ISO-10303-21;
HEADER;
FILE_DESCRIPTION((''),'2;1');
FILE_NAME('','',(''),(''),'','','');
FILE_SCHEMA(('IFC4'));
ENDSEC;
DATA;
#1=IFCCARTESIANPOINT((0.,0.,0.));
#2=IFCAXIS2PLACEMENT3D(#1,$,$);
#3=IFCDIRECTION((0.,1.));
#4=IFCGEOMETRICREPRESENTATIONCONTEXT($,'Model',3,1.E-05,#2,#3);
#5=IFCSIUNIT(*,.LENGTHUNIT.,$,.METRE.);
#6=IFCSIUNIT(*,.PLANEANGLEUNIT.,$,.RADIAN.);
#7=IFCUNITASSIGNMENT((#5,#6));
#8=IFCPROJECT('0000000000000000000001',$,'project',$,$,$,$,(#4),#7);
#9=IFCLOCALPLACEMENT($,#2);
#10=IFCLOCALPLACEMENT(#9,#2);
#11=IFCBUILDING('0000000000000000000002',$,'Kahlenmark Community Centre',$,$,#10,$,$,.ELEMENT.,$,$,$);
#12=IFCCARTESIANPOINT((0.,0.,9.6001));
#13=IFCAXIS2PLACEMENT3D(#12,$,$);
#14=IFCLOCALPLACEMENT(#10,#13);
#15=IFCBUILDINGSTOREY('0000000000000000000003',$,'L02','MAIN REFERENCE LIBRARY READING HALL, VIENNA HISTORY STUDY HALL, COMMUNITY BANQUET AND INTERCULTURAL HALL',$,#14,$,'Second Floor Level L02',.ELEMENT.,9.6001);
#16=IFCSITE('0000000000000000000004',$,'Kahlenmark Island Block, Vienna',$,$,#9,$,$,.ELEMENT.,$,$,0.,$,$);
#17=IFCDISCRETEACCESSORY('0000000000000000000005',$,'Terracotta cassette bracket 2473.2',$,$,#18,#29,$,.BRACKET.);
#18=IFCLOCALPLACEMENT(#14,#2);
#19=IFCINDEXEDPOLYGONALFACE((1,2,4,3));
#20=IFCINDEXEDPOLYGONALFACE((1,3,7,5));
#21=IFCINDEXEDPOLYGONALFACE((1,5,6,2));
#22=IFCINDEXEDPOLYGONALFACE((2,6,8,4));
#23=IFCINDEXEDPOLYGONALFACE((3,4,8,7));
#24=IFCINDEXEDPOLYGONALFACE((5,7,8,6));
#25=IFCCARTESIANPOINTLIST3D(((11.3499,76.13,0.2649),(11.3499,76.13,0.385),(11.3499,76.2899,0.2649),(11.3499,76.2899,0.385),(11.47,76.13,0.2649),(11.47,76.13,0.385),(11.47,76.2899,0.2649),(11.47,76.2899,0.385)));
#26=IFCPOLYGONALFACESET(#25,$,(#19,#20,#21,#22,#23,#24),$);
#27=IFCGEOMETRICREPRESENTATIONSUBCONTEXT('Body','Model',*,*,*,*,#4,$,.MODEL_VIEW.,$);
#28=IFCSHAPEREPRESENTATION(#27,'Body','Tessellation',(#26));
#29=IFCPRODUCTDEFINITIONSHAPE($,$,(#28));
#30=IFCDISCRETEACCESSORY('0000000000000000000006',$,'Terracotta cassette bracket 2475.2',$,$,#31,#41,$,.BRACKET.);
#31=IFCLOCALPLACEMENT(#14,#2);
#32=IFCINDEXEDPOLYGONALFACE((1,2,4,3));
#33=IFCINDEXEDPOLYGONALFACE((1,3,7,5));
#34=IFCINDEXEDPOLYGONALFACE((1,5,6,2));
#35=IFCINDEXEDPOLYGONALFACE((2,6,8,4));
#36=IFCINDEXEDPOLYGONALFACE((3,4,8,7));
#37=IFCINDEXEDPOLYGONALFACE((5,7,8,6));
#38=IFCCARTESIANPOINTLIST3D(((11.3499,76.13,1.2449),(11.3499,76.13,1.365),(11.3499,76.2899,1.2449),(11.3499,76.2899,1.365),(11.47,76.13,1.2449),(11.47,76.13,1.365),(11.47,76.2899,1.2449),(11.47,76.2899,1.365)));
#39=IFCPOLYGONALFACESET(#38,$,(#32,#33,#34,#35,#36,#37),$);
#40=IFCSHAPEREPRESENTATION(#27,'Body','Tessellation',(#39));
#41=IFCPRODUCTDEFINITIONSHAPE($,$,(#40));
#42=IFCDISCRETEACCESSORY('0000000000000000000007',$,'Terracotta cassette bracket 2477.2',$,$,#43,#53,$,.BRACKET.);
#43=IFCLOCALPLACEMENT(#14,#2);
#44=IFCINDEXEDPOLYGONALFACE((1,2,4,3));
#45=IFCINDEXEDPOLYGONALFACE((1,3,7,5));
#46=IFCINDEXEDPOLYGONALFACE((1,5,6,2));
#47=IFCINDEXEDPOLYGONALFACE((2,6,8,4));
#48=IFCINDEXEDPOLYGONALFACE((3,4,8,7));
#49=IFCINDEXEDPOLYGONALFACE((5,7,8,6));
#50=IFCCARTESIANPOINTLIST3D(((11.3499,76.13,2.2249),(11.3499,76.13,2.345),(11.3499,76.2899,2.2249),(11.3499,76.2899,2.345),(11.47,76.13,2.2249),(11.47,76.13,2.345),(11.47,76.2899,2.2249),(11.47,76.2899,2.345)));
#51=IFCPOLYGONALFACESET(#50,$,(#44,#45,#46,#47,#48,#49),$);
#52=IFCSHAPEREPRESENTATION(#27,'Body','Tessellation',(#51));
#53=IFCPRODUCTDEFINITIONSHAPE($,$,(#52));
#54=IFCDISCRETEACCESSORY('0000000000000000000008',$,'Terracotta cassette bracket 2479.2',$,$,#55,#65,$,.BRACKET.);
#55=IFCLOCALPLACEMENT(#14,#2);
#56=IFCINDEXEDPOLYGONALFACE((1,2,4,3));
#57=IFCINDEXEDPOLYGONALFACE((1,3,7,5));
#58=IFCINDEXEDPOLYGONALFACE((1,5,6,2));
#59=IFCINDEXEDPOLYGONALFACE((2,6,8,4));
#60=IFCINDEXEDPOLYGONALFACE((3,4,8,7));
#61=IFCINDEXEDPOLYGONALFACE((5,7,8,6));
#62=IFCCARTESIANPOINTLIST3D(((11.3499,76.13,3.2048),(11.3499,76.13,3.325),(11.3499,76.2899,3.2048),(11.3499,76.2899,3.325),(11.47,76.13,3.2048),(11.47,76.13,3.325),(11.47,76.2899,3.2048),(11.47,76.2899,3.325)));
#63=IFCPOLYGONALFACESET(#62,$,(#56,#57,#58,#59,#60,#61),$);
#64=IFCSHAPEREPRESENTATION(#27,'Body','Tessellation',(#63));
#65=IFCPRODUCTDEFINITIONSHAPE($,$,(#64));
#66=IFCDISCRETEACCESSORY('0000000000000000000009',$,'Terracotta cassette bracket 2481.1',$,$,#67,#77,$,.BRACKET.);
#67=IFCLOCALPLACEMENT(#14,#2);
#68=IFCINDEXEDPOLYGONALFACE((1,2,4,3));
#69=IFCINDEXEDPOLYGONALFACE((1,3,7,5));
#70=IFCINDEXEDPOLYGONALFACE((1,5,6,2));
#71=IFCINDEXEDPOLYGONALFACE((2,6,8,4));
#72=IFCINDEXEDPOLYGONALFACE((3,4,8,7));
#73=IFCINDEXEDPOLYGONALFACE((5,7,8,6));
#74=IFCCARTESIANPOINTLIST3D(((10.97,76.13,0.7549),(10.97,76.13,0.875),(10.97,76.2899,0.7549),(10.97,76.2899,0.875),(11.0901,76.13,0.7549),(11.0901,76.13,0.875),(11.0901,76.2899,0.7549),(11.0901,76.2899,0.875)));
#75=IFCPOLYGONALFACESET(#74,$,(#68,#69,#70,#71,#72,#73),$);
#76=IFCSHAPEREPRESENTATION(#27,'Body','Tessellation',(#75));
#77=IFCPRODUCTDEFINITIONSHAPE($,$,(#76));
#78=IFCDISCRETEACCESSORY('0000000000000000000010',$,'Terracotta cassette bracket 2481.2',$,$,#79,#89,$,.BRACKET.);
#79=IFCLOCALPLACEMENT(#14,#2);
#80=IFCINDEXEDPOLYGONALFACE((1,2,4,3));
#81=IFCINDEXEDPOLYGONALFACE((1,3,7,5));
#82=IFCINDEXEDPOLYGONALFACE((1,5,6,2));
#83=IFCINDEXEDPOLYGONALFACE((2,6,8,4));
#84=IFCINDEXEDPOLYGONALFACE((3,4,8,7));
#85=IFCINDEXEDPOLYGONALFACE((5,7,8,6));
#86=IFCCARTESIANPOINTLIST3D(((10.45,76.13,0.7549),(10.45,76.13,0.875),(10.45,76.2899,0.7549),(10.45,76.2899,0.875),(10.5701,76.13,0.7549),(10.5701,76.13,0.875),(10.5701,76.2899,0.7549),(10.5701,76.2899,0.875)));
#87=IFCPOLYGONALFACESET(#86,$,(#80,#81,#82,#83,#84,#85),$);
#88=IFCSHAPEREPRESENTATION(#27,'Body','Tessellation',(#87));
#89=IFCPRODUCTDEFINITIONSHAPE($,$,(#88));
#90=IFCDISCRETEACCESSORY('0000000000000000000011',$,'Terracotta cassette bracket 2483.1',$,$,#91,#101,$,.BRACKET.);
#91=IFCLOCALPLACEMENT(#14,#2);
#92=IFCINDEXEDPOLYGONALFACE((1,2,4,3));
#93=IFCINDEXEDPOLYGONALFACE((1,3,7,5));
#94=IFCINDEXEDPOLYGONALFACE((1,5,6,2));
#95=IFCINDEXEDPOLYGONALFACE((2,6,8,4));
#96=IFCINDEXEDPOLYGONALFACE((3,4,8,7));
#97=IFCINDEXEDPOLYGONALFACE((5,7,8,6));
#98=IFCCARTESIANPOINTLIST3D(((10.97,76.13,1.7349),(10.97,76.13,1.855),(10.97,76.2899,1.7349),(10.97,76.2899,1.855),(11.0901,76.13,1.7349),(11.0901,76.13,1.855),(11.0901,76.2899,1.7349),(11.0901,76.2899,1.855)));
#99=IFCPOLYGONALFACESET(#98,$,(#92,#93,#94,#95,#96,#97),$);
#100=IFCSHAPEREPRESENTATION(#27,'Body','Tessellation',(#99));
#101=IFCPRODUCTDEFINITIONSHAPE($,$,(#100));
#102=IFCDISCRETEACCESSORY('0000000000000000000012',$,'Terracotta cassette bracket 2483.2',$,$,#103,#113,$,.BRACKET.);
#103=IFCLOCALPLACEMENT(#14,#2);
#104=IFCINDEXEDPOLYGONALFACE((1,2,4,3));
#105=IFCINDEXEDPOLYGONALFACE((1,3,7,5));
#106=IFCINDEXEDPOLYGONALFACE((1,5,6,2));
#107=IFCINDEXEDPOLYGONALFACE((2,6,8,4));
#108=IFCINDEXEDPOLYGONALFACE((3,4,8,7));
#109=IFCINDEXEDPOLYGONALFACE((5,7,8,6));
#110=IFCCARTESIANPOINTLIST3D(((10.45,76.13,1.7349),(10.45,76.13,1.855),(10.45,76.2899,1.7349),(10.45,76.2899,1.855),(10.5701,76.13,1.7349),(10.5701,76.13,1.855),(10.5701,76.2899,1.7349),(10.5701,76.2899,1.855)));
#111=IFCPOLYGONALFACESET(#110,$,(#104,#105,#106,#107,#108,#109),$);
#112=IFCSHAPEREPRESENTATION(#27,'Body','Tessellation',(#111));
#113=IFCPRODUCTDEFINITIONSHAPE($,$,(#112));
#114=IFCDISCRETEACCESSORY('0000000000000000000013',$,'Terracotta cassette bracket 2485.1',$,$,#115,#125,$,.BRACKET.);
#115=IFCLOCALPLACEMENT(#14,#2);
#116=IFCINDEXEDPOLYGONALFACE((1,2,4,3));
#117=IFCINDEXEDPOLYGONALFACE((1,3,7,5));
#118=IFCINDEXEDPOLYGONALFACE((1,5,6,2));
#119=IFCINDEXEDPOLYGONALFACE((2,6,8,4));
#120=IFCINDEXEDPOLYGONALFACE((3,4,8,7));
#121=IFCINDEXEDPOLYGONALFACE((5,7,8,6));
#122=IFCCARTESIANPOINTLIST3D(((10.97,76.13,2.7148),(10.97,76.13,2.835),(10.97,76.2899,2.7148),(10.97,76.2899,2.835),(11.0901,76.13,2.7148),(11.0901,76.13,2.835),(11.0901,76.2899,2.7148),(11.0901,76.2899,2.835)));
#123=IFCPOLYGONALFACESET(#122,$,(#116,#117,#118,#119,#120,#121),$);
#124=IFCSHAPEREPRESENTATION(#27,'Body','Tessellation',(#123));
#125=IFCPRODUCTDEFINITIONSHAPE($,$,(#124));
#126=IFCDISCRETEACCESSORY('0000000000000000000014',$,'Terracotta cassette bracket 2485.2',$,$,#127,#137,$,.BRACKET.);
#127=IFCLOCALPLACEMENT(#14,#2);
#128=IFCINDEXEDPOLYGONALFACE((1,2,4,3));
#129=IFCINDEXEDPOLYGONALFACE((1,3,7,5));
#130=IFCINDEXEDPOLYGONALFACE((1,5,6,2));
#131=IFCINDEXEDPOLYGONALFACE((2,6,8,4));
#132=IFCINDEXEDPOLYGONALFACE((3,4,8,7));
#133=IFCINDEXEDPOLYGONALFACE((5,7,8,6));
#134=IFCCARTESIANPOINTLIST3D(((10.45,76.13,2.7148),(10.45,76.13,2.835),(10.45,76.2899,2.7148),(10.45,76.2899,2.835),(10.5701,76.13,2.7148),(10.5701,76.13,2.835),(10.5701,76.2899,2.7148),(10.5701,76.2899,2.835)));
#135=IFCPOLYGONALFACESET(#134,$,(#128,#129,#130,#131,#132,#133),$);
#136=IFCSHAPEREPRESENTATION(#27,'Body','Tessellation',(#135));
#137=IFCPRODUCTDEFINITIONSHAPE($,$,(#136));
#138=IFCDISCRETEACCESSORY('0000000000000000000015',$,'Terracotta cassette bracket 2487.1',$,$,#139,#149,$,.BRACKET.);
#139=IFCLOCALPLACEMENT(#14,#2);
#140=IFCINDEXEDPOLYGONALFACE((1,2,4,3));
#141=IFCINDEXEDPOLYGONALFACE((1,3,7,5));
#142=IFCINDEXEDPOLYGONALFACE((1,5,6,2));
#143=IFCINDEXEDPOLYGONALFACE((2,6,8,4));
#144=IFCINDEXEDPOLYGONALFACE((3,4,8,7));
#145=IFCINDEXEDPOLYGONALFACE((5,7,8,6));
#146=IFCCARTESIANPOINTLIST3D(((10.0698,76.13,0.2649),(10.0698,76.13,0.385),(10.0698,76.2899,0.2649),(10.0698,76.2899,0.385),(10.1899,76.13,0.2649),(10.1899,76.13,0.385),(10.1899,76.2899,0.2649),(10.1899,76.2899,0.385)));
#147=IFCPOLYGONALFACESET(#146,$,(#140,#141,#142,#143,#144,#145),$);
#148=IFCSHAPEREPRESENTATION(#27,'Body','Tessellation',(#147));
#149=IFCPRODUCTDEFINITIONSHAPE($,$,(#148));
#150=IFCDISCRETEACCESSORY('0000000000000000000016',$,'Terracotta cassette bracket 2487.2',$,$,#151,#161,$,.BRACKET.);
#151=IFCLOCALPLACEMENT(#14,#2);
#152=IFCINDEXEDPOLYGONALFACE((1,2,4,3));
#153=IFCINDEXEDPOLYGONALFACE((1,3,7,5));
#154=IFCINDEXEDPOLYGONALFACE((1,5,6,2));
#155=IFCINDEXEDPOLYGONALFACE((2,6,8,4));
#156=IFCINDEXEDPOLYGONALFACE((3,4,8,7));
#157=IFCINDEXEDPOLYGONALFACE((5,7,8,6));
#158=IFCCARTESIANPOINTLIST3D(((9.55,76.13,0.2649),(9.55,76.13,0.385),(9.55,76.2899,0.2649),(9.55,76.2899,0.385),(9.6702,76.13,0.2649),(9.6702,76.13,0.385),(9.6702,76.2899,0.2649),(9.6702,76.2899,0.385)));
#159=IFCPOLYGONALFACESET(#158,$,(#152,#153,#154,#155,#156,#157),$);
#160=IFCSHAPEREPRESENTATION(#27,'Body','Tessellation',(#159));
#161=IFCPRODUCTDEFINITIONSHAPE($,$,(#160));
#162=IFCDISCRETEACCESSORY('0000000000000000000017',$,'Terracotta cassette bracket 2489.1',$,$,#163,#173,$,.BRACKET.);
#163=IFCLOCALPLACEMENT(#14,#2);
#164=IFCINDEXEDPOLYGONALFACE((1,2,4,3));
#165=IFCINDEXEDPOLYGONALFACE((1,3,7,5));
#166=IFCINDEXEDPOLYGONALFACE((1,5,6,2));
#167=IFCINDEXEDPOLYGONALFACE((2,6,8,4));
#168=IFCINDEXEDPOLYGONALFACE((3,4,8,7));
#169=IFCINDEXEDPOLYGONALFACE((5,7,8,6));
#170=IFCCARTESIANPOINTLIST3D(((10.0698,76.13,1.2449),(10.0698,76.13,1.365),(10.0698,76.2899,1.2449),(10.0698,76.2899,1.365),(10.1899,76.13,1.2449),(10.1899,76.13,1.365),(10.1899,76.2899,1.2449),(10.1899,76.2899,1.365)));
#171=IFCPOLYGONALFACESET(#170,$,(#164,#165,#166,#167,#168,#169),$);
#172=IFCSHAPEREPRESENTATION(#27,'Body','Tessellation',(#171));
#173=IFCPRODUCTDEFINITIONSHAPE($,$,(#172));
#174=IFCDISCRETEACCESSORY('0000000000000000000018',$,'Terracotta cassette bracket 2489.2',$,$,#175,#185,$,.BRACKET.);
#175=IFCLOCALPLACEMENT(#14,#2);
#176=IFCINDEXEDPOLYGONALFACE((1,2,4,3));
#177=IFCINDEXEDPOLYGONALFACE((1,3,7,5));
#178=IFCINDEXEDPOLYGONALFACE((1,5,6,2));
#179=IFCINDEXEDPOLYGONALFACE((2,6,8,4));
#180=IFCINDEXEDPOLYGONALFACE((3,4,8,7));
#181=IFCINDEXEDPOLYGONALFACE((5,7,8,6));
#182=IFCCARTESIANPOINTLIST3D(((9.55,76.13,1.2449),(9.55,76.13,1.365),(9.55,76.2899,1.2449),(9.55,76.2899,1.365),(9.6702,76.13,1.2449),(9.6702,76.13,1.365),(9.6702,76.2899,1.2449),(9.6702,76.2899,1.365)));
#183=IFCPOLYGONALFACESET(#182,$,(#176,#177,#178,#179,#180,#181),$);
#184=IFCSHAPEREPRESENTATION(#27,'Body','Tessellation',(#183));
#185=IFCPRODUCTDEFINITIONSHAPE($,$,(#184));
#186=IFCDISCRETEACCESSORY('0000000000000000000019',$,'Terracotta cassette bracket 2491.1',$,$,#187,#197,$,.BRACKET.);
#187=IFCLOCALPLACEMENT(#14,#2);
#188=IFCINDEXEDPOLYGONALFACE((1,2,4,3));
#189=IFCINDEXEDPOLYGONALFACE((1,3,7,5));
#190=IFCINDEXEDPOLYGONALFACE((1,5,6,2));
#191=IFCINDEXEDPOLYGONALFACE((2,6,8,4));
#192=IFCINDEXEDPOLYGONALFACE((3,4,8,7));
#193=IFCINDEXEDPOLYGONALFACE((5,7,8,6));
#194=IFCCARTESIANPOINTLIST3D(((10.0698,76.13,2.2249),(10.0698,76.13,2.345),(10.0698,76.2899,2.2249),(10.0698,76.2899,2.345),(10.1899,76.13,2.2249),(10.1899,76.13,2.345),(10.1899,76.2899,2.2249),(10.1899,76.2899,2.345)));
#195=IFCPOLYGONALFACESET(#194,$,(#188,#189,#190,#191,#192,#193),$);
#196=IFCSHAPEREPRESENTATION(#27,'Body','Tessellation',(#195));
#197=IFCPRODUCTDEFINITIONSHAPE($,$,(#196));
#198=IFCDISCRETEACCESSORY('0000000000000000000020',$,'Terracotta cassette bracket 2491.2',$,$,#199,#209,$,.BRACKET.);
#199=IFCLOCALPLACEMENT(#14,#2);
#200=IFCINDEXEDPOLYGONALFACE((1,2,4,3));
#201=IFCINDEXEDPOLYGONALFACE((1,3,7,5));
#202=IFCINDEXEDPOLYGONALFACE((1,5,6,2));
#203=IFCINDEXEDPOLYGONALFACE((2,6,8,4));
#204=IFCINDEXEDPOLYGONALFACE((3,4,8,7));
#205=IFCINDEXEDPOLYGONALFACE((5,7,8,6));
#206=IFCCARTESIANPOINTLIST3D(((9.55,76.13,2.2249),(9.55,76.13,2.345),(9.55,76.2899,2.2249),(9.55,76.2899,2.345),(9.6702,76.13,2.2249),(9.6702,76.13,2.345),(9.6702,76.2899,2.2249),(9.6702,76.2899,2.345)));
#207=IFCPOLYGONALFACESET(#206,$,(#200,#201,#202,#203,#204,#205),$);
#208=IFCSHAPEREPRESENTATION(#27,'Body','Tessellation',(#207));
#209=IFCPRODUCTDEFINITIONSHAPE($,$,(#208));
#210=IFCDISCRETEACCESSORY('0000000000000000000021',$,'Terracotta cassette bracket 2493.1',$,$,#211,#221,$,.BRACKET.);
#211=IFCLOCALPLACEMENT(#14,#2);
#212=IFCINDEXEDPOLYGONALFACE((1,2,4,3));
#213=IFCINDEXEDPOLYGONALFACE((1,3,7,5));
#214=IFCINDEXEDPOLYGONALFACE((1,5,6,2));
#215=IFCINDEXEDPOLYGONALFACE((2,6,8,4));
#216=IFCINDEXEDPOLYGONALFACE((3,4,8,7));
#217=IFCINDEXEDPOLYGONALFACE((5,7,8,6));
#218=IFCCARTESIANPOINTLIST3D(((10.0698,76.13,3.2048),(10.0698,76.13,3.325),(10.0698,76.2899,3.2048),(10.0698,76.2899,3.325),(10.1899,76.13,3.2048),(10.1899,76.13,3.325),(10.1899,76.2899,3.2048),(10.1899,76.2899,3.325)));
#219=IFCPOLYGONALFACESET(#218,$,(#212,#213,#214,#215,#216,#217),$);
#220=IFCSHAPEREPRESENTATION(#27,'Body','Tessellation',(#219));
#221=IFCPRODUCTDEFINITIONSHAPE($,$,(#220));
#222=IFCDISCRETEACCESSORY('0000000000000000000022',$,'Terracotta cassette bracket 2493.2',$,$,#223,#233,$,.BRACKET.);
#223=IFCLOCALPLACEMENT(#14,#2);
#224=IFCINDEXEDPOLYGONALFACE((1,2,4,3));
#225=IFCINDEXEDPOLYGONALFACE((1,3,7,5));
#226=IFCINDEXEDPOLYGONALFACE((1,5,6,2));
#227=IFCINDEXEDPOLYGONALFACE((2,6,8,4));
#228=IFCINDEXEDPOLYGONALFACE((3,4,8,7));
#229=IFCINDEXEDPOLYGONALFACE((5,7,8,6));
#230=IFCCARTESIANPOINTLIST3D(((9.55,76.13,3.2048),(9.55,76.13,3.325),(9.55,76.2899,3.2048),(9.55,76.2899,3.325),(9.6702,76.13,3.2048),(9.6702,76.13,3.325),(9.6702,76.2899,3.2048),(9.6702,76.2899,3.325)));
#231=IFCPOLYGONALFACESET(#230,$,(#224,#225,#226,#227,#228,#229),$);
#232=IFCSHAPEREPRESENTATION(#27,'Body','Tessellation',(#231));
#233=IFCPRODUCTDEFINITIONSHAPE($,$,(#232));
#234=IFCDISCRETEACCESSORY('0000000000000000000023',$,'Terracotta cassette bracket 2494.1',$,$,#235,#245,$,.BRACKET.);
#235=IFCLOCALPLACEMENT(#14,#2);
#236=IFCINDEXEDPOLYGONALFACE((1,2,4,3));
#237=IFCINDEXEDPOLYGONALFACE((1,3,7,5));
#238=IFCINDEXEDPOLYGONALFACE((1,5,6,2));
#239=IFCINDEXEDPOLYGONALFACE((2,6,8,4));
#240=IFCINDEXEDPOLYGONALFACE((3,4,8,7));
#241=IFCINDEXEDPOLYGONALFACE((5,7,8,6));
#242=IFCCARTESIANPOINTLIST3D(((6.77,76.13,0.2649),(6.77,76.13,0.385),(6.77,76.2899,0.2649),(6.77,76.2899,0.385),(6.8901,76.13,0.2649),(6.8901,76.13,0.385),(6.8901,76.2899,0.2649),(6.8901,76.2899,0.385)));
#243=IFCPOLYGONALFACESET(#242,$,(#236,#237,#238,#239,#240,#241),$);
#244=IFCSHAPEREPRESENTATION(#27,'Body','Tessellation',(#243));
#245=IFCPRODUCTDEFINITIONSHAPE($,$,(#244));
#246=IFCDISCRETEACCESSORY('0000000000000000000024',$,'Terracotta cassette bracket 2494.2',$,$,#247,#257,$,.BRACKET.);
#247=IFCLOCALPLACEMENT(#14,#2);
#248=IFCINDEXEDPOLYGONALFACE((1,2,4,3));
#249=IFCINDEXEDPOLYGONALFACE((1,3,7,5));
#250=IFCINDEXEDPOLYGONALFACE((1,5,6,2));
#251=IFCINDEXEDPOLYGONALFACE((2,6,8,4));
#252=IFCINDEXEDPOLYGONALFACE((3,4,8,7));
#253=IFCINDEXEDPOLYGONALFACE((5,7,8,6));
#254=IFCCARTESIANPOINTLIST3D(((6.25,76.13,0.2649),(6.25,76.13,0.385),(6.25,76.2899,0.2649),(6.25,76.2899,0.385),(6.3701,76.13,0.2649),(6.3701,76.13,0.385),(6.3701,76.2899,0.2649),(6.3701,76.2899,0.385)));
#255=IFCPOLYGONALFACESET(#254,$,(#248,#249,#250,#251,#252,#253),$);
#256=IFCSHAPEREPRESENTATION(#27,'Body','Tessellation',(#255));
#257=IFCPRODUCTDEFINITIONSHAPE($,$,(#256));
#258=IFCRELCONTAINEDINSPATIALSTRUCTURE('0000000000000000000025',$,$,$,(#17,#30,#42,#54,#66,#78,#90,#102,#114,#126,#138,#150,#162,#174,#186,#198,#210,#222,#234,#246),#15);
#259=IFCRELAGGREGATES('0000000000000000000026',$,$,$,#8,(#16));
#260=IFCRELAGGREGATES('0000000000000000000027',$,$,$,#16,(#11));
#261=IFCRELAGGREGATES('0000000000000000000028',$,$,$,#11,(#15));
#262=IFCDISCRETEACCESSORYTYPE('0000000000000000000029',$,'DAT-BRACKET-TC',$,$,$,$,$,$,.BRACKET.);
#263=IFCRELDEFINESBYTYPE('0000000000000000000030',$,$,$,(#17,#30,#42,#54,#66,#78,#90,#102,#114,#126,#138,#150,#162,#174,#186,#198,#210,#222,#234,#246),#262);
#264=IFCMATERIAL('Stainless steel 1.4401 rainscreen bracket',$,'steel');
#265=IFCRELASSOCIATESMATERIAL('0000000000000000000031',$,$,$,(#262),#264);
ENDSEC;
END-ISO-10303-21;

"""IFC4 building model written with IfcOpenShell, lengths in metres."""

from ifc_helpers import new_model, si_unit, direction, frame, origin, origin_2d, place, context, subcontext, project, spatial, rectangle, extrude, material, type_object, element, save


model = new_model("IFC4")

# Units and contexts
model_context = context("Model", 3, precision=1e-05, world=origin(), true_north=direction((0.0, 1.0)))
body_context = subcontext(model_context, "Body", "Model", "MODEL_VIEW")
ifc_project = project(units=[si_unit("LENGTHUNIT", "METRE"), si_unit("PLANEANGLEUNIT", "RADIAN")], contexts=[model_context])

# Site, building, storey
site_placement = place(None, origin())
site = spatial("IfcSite", under=ifc_project, at=site_placement, Name="Kahlenmark Island Block, Vienna", CompositionType="ELEMENT", RefElevation=0.0)
building_placement = place(site_placement, origin())
building = spatial("IfcBuilding", under=site, at=building_placement, Name="Kahlenmark Community Centre", CompositionType="ELEMENT")
storey_placement = place(building_placement, frame((0.0, 0.0, 9.6001)))
storey = spatial("IfcBuildingStorey", under=building, at=storey_placement, Name="L02", Description="MAIN REFERENCE LIBRARY READING HALL, VIENNA HISTORY STUDY HALL, COMMUNITY BANQUET AND INTERCULTURAL HALL", LongName="Second Floor Level L02", CompositionType="ELEMENT", Elevation=9.6001)

# Discrete accessories
ifc_material = material(Name="Stainless steel 1.4401 rainscreen bracket", Category="steel")
discrete_accessory_type = type_object("IfcDiscreteAccessoryType", Name="DAT-BRACKET-TC", PredefinedType="BRACKET", material=ifc_material)
for number, where, z_axis, x_axis, name in (
    (1, (11.4099, 76.21, 0.2649), (0.0, 0.0, 1.0), (-1.0, 0.0, 0.0), "Terracotta cassette bracket 2473.2"),
    (2, (11.4099, 76.21, 1.2449), (0.0, 0.0, 1.0), (-1.0, 0.0, 0.0), "Terracotta cassette bracket 2475.2"),
    (3, (11.4099, 76.21, 2.2249), (0.0, 0.0, 1.0), (-1.0, 0.0, 0.0), "Terracotta cassette bracket 2477.2"),
    (4, (11.4099, 76.21, 3.2048), (0.0, 0.0, 1.0), (-1.0, 0.0, 0.0), "Terracotta cassette bracket 2479.2"),
    (5, (11.03, 76.21, 0.7549), (0.0, 0.0, 1.0), (-1.0, 0.0, 0.0), "Terracotta cassette bracket 2481.1"),
    (6, (10.51, 76.21, 0.7549), (0.0, 0.0, 1.0), (-1.0, 0.0, 0.0), "Terracotta cassette bracket 2481.2"),
    (7, (11.03, 76.21, 1.7349), (0.0, 0.0, 1.0), (-1.0, 0.0, 0.0), "Terracotta cassette bracket 2483.1"),
    (8, (10.51, 76.21, 1.7349), (0.0, 0.0, 1.0), (-1.0, 0.0, 0.0), "Terracotta cassette bracket 2483.2"),
    (9, (11.03, 76.21, 2.7148), (0.0, 0.0, 1.0), (-1.0, 0.0, 0.0), "Terracotta cassette bracket 2485.1"),
    (10, (10.51, 76.21, 2.7148), (0.0, 0.0, 1.0), (-1.0, 0.0, 0.0), "Terracotta cassette bracket 2485.2"),
    (11, (10.1299, 76.21, 0.2649), (0.0, 0.0, 1.0), (-1.0, 0.0, 0.0), "Terracotta cassette bracket 2487.1"),
    (12, (9.6101, 76.21, 0.2649), (0.0, 0.0, 1.0), (-1.0, 0.0, 0.0), "Terracotta cassette bracket 2487.2"),
    (13, (10.1299, 76.21, 1.2449), (0.0, 0.0, 1.0), (-1.0, 0.0, 0.0), "Terracotta cassette bracket 2489.1"),
    (14, (9.6101, 76.21, 1.2449), (0.0, 0.0, 1.0), (-1.0, 0.0, 0.0), "Terracotta cassette bracket 2489.2"),
    (15, (10.1299, 76.21, 2.2249), (0.0, 0.0, 1.0), (-1.0, 0.0, 0.0), "Terracotta cassette bracket 2491.1"),
    (16, (9.6101, 76.21, 2.2249), (0.0, 0.0, 1.0), (-1.0, 0.0, 0.0), "Terracotta cassette bracket 2491.2"),
    (17, (10.1299, 76.21, 3.2048), (0.0, 0.0, 1.0), (-1.0, 0.0, 0.0), "Terracotta cassette bracket 2493.1"),
    (18, (9.6101, 76.21, 3.2048), (0.0, 0.0, 1.0), (-1.0, 0.0, 0.0), "Terracotta cassette bracket 2493.2"),
    (19, (6.8301, 76.21, 0.2649), (0.0, 0.0, 1.0), (-1.0, 0.0, 0.0), "Terracotta cassette bracket 2494.1"),
    (20, (6.3101, 76.21, 0.2649), (0.0, 0.0, 1.0), (-1.0, 0.0, 0.0), "Terracotta cassette bracket 2494.2"),
):
    element("IfcDiscreteAccessory", number, at=place(storey_placement, frame(where, z_axis=z_axis, x_axis=x_axis)), inside=storey, type_object=discrete_accessory_type, Name=name, PredefinedType="BRACKET", context=body_context, shape_type="SweptSolid", body=[
        extrude(rectangle(XDim=0.1201, YDim=0.1599, at=origin_2d()), origin(), (0.0, 0.0, 1.0), 0.1201),
    ])

save(model, "model.ifc")
